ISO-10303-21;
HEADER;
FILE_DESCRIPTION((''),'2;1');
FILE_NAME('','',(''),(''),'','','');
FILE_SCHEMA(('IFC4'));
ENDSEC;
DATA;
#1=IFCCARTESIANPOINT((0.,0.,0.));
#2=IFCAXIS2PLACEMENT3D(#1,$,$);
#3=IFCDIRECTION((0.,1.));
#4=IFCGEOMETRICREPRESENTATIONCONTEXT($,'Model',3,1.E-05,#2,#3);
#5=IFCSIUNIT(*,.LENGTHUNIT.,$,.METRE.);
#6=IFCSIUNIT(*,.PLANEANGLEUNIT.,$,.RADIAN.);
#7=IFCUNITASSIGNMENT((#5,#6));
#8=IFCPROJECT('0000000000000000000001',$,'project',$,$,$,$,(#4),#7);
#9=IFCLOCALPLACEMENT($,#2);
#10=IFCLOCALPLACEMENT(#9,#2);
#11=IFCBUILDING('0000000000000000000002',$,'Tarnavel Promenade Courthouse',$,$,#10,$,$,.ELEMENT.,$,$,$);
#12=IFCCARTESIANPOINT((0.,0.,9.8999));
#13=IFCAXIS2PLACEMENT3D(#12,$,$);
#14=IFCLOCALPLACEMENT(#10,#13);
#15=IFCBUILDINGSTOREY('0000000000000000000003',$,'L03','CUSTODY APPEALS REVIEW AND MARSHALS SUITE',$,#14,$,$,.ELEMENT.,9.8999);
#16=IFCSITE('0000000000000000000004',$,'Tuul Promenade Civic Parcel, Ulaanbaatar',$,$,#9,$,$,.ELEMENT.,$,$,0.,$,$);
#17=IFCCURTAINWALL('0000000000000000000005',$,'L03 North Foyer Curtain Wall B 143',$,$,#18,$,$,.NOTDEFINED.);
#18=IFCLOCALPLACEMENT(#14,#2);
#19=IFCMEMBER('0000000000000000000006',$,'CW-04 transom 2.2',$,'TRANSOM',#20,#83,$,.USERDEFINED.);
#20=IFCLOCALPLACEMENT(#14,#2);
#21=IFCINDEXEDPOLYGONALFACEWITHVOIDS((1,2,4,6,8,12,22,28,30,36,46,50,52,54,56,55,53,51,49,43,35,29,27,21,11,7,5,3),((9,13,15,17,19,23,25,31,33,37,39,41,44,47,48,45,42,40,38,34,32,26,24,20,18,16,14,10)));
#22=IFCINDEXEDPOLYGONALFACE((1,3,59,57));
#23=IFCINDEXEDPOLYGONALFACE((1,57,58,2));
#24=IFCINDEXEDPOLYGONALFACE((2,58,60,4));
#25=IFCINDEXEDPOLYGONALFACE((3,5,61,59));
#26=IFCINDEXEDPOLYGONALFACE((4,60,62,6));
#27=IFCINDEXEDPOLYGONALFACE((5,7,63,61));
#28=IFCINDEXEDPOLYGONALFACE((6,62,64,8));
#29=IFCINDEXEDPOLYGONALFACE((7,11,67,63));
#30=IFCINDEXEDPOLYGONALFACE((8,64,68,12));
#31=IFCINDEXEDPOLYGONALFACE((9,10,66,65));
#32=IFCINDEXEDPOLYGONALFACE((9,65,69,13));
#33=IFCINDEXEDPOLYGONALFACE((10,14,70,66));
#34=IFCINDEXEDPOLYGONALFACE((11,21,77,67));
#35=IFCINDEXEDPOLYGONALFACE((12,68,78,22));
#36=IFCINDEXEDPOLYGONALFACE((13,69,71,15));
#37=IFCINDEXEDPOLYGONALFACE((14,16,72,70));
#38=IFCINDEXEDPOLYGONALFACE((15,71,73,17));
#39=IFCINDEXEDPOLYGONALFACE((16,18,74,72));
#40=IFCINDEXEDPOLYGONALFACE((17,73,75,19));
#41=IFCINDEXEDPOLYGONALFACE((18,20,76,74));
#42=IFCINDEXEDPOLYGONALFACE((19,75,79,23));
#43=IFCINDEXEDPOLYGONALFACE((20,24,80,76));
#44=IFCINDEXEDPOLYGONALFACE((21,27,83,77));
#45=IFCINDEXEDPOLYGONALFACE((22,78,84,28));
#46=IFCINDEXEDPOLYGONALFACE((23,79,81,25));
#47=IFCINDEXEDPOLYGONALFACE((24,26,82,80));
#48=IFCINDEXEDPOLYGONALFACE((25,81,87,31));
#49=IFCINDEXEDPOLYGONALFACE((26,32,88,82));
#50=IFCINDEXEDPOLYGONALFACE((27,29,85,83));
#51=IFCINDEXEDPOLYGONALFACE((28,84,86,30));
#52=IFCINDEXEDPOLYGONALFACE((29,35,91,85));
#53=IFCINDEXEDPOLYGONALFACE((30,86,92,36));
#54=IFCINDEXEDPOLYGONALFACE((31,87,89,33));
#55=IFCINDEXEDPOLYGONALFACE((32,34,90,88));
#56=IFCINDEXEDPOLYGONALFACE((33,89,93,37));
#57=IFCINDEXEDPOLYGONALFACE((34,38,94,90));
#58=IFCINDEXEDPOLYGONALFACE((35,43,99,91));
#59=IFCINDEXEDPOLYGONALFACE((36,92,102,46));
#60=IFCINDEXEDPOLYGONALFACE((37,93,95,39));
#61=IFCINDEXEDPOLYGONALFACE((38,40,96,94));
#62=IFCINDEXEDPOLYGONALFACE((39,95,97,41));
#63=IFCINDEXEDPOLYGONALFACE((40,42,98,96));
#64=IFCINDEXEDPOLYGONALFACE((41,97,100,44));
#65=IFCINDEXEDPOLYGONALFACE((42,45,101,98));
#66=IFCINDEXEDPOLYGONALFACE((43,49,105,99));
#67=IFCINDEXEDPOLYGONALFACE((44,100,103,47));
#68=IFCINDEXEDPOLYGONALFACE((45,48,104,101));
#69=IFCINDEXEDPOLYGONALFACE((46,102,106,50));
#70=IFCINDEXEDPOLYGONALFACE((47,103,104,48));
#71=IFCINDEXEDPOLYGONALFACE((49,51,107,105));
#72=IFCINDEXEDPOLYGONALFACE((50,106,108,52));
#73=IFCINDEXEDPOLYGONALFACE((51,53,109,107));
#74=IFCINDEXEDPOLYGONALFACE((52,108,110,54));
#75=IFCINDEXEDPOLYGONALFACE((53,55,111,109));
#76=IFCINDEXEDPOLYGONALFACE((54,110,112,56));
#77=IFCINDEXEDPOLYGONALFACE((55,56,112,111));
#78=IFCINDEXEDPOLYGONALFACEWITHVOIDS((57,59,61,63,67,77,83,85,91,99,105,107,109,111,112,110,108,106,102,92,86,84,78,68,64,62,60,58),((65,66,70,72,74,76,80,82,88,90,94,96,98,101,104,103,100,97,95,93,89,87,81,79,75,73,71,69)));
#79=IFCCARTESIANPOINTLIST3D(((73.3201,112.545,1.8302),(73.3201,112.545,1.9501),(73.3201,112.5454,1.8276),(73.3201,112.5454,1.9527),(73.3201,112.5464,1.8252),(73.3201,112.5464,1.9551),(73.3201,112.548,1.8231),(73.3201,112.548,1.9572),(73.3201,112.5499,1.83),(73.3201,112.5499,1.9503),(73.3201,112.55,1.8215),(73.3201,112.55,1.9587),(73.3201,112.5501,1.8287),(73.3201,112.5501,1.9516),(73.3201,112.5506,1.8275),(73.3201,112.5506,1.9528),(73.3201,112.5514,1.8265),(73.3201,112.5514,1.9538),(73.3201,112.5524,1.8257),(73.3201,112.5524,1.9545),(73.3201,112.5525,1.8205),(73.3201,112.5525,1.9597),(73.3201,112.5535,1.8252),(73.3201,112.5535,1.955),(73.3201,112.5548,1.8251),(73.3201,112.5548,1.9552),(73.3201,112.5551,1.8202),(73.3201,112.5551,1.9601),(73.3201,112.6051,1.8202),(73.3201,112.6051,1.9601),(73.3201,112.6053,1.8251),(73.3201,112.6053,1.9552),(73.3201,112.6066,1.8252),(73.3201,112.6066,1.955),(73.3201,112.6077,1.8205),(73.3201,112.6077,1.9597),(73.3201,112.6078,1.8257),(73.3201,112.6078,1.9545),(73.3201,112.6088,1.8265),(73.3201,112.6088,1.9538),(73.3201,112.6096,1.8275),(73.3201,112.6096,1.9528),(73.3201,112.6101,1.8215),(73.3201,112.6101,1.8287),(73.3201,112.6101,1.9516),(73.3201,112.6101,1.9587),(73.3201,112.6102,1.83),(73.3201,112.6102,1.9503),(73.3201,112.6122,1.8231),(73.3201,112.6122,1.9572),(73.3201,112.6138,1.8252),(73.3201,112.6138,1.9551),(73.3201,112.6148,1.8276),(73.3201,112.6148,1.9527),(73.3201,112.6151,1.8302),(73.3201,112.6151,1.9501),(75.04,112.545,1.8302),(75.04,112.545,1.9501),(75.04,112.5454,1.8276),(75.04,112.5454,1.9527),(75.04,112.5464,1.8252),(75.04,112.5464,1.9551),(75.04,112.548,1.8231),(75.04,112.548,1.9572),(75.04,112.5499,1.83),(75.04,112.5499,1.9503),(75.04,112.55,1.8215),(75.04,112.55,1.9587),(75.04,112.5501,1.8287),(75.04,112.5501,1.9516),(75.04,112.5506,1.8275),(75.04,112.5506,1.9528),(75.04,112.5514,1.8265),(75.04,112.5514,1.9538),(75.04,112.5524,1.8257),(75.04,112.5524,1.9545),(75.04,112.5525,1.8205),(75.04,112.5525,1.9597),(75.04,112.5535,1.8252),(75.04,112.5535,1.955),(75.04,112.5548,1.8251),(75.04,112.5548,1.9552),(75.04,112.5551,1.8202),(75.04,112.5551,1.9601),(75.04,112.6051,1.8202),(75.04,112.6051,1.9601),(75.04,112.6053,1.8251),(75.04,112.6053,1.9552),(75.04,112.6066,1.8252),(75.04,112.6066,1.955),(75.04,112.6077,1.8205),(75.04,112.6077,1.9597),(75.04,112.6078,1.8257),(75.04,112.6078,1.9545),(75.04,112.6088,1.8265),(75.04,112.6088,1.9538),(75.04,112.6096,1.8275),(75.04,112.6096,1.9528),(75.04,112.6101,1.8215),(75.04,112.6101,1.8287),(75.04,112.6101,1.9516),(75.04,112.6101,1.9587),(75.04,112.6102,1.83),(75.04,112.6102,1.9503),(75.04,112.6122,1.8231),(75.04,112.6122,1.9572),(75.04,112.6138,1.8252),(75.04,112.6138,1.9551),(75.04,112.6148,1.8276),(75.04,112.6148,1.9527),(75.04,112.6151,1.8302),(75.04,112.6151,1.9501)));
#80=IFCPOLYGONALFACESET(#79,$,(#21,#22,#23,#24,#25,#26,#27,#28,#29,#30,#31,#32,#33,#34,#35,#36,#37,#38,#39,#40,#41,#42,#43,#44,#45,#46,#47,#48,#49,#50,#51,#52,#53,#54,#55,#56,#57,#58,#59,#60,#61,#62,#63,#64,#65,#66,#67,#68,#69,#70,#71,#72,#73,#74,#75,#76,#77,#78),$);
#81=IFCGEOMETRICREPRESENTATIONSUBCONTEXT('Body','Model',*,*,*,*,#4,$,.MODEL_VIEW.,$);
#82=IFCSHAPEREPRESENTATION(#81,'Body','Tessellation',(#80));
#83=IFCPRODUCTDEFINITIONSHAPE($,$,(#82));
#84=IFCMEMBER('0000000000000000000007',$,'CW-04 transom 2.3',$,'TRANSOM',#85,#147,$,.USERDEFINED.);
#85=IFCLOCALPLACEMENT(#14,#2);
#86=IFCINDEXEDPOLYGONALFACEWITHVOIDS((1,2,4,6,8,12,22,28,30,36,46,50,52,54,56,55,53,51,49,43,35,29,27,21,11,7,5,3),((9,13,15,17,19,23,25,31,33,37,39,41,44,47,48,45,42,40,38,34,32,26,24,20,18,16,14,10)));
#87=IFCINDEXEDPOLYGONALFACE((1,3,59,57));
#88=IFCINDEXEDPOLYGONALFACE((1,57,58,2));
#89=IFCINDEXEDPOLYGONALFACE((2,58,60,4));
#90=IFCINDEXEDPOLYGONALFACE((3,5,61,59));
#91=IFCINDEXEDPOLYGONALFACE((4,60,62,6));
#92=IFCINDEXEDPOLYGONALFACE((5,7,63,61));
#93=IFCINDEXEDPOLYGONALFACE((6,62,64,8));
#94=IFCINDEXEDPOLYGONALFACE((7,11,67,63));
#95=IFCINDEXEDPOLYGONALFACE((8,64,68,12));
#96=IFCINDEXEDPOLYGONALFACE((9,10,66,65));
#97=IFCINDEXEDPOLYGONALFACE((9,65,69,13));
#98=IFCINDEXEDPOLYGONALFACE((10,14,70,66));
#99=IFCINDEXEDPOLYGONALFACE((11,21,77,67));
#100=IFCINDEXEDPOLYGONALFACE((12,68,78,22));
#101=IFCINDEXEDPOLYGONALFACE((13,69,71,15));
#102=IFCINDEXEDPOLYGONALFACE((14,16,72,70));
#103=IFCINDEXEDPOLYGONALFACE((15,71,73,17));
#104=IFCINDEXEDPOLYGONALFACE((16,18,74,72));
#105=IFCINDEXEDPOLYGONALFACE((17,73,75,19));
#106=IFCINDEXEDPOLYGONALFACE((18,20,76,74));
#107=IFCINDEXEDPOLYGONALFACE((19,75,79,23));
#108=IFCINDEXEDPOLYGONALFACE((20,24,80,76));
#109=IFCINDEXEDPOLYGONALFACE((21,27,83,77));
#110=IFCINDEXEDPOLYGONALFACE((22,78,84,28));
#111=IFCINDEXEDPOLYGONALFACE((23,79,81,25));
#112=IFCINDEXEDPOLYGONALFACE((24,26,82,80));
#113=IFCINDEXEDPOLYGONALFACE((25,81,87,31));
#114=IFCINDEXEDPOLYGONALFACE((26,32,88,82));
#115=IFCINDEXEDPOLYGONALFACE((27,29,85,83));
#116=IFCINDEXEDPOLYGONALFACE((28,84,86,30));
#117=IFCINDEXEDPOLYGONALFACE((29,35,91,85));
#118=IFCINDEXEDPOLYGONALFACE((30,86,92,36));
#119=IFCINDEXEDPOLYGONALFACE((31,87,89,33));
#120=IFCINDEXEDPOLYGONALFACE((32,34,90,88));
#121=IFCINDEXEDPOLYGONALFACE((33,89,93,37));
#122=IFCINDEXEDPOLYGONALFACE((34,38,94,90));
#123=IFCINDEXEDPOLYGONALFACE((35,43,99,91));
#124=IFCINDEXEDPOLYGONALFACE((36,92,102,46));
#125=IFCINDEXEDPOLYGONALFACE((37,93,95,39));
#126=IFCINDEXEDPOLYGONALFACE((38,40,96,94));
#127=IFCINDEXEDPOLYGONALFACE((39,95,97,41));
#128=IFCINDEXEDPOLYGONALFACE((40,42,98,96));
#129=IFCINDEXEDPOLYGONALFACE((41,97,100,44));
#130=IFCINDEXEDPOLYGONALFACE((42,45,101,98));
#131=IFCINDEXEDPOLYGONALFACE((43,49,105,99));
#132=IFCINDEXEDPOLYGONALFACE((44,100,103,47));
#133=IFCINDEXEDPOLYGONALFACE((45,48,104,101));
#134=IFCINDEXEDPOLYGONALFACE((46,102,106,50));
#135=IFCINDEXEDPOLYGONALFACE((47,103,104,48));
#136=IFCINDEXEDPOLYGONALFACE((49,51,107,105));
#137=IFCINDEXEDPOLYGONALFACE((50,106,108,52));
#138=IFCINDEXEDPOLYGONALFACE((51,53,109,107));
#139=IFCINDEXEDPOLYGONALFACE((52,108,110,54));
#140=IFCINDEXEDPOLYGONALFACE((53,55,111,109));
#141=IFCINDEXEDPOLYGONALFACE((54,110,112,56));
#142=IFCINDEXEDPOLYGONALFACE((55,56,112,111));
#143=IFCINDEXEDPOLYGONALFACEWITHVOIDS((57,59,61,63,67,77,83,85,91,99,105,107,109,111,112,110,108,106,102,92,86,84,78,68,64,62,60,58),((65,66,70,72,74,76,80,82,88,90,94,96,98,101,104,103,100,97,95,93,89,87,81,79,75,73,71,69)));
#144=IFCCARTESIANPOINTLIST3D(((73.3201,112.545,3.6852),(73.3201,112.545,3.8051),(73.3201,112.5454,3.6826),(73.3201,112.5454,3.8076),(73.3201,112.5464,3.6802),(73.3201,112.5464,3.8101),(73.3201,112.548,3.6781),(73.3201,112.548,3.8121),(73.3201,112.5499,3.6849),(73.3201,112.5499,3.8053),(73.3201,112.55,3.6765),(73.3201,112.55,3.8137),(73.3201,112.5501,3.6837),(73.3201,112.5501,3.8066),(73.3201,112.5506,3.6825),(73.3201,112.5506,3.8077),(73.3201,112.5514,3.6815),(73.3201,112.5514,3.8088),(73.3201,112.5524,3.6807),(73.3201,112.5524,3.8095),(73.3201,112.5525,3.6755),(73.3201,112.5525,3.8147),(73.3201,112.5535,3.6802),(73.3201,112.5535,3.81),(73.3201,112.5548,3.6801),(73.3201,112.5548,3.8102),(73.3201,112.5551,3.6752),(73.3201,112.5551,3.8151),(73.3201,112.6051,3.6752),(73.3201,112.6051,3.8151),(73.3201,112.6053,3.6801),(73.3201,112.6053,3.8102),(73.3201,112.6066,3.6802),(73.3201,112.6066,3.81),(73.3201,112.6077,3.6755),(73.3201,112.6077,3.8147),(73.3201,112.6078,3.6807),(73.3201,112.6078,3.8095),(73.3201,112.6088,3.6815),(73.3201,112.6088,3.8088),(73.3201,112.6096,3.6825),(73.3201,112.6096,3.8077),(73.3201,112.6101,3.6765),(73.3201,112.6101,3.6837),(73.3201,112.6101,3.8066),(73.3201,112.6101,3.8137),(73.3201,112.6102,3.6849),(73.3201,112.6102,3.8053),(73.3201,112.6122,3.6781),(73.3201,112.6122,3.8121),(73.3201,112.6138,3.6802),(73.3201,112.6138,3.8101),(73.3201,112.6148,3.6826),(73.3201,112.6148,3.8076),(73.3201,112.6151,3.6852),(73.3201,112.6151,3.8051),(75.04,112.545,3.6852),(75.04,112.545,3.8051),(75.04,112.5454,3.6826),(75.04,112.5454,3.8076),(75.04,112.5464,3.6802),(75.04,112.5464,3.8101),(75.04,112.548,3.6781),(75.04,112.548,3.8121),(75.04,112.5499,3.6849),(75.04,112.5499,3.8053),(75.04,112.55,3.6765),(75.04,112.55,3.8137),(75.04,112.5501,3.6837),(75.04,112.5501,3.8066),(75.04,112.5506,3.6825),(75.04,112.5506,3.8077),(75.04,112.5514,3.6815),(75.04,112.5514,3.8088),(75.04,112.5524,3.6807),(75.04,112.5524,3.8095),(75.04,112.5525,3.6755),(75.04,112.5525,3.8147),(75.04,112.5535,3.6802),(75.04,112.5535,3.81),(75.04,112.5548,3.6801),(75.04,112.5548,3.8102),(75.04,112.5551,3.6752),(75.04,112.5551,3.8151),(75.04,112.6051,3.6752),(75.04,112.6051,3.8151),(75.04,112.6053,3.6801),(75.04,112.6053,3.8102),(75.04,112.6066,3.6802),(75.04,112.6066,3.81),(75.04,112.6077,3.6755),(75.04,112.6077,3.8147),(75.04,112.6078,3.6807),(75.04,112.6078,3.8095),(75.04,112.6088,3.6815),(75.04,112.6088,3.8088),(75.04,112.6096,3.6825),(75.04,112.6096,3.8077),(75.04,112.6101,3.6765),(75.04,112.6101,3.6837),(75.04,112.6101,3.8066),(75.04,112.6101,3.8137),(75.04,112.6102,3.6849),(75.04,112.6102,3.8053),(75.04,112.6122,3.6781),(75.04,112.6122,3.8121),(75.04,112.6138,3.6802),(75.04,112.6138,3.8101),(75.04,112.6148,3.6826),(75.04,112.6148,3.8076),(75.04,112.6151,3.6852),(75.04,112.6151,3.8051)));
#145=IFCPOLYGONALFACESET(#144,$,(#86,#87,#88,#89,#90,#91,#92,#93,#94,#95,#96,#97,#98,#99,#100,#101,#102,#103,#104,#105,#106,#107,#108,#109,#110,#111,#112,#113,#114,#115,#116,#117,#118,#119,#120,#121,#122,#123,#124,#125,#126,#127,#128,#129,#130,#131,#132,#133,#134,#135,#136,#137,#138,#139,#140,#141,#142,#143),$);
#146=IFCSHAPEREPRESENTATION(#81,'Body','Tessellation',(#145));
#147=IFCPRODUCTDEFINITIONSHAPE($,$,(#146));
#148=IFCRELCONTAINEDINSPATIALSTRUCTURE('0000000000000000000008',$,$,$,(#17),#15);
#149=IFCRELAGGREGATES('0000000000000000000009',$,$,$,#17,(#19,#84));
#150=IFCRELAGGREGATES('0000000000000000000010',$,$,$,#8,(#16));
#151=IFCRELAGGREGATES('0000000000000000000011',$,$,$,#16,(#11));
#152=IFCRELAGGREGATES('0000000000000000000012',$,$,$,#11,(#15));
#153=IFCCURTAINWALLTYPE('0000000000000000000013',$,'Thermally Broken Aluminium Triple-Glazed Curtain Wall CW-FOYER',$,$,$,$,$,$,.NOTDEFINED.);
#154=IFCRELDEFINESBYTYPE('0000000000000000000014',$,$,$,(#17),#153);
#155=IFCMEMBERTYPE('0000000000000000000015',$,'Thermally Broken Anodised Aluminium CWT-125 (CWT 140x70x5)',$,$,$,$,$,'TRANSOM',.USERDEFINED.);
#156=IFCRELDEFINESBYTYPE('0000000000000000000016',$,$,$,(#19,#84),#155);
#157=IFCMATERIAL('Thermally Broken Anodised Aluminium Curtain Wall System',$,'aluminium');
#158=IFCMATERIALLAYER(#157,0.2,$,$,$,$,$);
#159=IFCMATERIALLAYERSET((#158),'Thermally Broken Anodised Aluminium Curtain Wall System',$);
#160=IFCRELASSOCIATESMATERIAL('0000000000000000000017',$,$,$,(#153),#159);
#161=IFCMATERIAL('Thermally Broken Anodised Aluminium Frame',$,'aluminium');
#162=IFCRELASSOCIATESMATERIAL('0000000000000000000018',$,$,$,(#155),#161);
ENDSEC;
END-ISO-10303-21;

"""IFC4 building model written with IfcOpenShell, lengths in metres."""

from ifc_helpers import new_model, si_unit, direction, frame, origin, origin_2d, place, context, subcontext, project, spatial, hollow_rectangle, extrude, material, layer, layer_set, material_profile, profile_set, type_object, element, aggregate, save


model = new_model("IFC4")

# Units and contexts
model_context = context("Model", 3, precision=1e-05, world=origin(), true_north=direction((0.0, 1.0)))
body_context = subcontext(model_context, "Body", "Model", "MODEL_VIEW")
ifc_project = project(units=[si_unit("LENGTHUNIT", "METRE"), si_unit("PLANEANGLEUNIT", "RADIAN")], contexts=[model_context])

# Site, building, storey
site_placement = place(None, origin())
site = spatial("IfcSite", under=ifc_project, at=site_placement, Name="Tuul Promenade Civic Parcel, Ulaanbaatar", CompositionType="ELEMENT", RefElevation=0.0)
building_placement = place(site_placement, origin())
building = spatial("IfcBuilding", under=site, at=building_placement, Name="Tarnavel Promenade Courthouse", CompositionType="ELEMENT")
storey_placement = place(building_placement, frame((0.0, 0.0, 9.8999)))
storey = spatial("IfcBuildingStorey", under=building, at=storey_placement, Name="L03", Description="CUSTODY APPEALS REVIEW AND MARSHALS SUITE", CompositionType="ELEMENT", Elevation=9.8999)

# Curtain wall
ifc_material_1 = material(Name="Thermally Broken Anodised Aluminium Curtain Wall System", Category="aluminium")
ifc_layer_1 = layer(ifc_material_1, 0.2)
ifc_layer_set_1 = layer_set([ifc_layer_1], Name="Thermally Broken Anodised Aluminium Curtain Wall System")
curtain_wall_type = type_object("IfcCurtainWallType", Name="Thermally Broken Aluminium Triple-Glazed Curtain Wall CW-FOYER", PredefinedType="NOTDEFINED", material=ifc_layer_set_1)
curtain_wall_1_placement = place(storey_placement, origin())
curtain_wall_1 = element("IfcCurtainWall", 1, at=curtain_wall_1_placement, inside=storey, type_object=curtain_wall_type, Name="L03 North Foyer Curtain Wall B 143", PredefinedType="NOTDEFINED")
ifc_material_2 = material(Name="Thermally Broken Anodised Aluminium Frame", Category="aluminium")

# Members
ifc_material_profile_1 = material_profile(ifc_material_2, hollow_rectangle(XDim=0.0701, YDim=0.1399, WallThickness=0.0049, InnerFilletRadius=0.0049, OuterFilletRadius=0.01, at=origin_2d()), Name="CWT 140x70x5")
ifc_profile_set_1 = profile_set([ifc_material_profile_1], Name="Thermally Broken Anodised Aluminium Frame")
member_type_1 = type_object("IfcMemberType", Name="Thermally Broken Anodised Aluminium CWT-125 (CWT 140x70x5)", ElementType="TRANSOM", PredefinedType="USERDEFINED", material=ifc_profile_set_1)
member_1_placement = place(storey_placement, frame((73.3201, 112.5801, 1.8901), z_axis=(1.0, 0.0, 0.0), x_axis=(0.0, 1.0, 0.0)))
member_1 = element("IfcMember", 2, at=member_1_placement, type_object=member_type_1, Name="CW-04 transom 2.2", ObjectType="TRANSOM", PredefinedType="USERDEFINED", context=body_context, shape_type="SweptSolid", body=[
    extrude(hollow_rectangle(XDim=0.0701, YDim=0.1399, WallThickness=0.0049, InnerFilletRadius=0.0049, OuterFilletRadius=0.01, at=origin_2d()), origin(), (0.0, 0.0, 1.0), 1.72),
])
member_2_placement = place(storey_placement, frame((73.3201, 112.5801, 3.7451), z_axis=(1.0, 0.0, 0.0), x_axis=(0.0, 1.0, 0.0)))
member_2 = element("IfcMember", 3, at=member_2_placement, type_object=member_type_1, Name="CW-04 transom 2.3", ObjectType="TRANSOM", PredefinedType="USERDEFINED", context=body_context, shape_type="SweptSolid", body=[
    extrude(hollow_rectangle(XDim=0.0701, YDim=0.1399, WallThickness=0.0049, InnerFilletRadius=0.0049, OuterFilletRadius=0.01, at=origin_2d()), origin(), (0.0, 0.0, 1.0), 1.72),
])

aggregate(curtain_wall_1, [member_1, member_2])

save(model, "model.ifc")
